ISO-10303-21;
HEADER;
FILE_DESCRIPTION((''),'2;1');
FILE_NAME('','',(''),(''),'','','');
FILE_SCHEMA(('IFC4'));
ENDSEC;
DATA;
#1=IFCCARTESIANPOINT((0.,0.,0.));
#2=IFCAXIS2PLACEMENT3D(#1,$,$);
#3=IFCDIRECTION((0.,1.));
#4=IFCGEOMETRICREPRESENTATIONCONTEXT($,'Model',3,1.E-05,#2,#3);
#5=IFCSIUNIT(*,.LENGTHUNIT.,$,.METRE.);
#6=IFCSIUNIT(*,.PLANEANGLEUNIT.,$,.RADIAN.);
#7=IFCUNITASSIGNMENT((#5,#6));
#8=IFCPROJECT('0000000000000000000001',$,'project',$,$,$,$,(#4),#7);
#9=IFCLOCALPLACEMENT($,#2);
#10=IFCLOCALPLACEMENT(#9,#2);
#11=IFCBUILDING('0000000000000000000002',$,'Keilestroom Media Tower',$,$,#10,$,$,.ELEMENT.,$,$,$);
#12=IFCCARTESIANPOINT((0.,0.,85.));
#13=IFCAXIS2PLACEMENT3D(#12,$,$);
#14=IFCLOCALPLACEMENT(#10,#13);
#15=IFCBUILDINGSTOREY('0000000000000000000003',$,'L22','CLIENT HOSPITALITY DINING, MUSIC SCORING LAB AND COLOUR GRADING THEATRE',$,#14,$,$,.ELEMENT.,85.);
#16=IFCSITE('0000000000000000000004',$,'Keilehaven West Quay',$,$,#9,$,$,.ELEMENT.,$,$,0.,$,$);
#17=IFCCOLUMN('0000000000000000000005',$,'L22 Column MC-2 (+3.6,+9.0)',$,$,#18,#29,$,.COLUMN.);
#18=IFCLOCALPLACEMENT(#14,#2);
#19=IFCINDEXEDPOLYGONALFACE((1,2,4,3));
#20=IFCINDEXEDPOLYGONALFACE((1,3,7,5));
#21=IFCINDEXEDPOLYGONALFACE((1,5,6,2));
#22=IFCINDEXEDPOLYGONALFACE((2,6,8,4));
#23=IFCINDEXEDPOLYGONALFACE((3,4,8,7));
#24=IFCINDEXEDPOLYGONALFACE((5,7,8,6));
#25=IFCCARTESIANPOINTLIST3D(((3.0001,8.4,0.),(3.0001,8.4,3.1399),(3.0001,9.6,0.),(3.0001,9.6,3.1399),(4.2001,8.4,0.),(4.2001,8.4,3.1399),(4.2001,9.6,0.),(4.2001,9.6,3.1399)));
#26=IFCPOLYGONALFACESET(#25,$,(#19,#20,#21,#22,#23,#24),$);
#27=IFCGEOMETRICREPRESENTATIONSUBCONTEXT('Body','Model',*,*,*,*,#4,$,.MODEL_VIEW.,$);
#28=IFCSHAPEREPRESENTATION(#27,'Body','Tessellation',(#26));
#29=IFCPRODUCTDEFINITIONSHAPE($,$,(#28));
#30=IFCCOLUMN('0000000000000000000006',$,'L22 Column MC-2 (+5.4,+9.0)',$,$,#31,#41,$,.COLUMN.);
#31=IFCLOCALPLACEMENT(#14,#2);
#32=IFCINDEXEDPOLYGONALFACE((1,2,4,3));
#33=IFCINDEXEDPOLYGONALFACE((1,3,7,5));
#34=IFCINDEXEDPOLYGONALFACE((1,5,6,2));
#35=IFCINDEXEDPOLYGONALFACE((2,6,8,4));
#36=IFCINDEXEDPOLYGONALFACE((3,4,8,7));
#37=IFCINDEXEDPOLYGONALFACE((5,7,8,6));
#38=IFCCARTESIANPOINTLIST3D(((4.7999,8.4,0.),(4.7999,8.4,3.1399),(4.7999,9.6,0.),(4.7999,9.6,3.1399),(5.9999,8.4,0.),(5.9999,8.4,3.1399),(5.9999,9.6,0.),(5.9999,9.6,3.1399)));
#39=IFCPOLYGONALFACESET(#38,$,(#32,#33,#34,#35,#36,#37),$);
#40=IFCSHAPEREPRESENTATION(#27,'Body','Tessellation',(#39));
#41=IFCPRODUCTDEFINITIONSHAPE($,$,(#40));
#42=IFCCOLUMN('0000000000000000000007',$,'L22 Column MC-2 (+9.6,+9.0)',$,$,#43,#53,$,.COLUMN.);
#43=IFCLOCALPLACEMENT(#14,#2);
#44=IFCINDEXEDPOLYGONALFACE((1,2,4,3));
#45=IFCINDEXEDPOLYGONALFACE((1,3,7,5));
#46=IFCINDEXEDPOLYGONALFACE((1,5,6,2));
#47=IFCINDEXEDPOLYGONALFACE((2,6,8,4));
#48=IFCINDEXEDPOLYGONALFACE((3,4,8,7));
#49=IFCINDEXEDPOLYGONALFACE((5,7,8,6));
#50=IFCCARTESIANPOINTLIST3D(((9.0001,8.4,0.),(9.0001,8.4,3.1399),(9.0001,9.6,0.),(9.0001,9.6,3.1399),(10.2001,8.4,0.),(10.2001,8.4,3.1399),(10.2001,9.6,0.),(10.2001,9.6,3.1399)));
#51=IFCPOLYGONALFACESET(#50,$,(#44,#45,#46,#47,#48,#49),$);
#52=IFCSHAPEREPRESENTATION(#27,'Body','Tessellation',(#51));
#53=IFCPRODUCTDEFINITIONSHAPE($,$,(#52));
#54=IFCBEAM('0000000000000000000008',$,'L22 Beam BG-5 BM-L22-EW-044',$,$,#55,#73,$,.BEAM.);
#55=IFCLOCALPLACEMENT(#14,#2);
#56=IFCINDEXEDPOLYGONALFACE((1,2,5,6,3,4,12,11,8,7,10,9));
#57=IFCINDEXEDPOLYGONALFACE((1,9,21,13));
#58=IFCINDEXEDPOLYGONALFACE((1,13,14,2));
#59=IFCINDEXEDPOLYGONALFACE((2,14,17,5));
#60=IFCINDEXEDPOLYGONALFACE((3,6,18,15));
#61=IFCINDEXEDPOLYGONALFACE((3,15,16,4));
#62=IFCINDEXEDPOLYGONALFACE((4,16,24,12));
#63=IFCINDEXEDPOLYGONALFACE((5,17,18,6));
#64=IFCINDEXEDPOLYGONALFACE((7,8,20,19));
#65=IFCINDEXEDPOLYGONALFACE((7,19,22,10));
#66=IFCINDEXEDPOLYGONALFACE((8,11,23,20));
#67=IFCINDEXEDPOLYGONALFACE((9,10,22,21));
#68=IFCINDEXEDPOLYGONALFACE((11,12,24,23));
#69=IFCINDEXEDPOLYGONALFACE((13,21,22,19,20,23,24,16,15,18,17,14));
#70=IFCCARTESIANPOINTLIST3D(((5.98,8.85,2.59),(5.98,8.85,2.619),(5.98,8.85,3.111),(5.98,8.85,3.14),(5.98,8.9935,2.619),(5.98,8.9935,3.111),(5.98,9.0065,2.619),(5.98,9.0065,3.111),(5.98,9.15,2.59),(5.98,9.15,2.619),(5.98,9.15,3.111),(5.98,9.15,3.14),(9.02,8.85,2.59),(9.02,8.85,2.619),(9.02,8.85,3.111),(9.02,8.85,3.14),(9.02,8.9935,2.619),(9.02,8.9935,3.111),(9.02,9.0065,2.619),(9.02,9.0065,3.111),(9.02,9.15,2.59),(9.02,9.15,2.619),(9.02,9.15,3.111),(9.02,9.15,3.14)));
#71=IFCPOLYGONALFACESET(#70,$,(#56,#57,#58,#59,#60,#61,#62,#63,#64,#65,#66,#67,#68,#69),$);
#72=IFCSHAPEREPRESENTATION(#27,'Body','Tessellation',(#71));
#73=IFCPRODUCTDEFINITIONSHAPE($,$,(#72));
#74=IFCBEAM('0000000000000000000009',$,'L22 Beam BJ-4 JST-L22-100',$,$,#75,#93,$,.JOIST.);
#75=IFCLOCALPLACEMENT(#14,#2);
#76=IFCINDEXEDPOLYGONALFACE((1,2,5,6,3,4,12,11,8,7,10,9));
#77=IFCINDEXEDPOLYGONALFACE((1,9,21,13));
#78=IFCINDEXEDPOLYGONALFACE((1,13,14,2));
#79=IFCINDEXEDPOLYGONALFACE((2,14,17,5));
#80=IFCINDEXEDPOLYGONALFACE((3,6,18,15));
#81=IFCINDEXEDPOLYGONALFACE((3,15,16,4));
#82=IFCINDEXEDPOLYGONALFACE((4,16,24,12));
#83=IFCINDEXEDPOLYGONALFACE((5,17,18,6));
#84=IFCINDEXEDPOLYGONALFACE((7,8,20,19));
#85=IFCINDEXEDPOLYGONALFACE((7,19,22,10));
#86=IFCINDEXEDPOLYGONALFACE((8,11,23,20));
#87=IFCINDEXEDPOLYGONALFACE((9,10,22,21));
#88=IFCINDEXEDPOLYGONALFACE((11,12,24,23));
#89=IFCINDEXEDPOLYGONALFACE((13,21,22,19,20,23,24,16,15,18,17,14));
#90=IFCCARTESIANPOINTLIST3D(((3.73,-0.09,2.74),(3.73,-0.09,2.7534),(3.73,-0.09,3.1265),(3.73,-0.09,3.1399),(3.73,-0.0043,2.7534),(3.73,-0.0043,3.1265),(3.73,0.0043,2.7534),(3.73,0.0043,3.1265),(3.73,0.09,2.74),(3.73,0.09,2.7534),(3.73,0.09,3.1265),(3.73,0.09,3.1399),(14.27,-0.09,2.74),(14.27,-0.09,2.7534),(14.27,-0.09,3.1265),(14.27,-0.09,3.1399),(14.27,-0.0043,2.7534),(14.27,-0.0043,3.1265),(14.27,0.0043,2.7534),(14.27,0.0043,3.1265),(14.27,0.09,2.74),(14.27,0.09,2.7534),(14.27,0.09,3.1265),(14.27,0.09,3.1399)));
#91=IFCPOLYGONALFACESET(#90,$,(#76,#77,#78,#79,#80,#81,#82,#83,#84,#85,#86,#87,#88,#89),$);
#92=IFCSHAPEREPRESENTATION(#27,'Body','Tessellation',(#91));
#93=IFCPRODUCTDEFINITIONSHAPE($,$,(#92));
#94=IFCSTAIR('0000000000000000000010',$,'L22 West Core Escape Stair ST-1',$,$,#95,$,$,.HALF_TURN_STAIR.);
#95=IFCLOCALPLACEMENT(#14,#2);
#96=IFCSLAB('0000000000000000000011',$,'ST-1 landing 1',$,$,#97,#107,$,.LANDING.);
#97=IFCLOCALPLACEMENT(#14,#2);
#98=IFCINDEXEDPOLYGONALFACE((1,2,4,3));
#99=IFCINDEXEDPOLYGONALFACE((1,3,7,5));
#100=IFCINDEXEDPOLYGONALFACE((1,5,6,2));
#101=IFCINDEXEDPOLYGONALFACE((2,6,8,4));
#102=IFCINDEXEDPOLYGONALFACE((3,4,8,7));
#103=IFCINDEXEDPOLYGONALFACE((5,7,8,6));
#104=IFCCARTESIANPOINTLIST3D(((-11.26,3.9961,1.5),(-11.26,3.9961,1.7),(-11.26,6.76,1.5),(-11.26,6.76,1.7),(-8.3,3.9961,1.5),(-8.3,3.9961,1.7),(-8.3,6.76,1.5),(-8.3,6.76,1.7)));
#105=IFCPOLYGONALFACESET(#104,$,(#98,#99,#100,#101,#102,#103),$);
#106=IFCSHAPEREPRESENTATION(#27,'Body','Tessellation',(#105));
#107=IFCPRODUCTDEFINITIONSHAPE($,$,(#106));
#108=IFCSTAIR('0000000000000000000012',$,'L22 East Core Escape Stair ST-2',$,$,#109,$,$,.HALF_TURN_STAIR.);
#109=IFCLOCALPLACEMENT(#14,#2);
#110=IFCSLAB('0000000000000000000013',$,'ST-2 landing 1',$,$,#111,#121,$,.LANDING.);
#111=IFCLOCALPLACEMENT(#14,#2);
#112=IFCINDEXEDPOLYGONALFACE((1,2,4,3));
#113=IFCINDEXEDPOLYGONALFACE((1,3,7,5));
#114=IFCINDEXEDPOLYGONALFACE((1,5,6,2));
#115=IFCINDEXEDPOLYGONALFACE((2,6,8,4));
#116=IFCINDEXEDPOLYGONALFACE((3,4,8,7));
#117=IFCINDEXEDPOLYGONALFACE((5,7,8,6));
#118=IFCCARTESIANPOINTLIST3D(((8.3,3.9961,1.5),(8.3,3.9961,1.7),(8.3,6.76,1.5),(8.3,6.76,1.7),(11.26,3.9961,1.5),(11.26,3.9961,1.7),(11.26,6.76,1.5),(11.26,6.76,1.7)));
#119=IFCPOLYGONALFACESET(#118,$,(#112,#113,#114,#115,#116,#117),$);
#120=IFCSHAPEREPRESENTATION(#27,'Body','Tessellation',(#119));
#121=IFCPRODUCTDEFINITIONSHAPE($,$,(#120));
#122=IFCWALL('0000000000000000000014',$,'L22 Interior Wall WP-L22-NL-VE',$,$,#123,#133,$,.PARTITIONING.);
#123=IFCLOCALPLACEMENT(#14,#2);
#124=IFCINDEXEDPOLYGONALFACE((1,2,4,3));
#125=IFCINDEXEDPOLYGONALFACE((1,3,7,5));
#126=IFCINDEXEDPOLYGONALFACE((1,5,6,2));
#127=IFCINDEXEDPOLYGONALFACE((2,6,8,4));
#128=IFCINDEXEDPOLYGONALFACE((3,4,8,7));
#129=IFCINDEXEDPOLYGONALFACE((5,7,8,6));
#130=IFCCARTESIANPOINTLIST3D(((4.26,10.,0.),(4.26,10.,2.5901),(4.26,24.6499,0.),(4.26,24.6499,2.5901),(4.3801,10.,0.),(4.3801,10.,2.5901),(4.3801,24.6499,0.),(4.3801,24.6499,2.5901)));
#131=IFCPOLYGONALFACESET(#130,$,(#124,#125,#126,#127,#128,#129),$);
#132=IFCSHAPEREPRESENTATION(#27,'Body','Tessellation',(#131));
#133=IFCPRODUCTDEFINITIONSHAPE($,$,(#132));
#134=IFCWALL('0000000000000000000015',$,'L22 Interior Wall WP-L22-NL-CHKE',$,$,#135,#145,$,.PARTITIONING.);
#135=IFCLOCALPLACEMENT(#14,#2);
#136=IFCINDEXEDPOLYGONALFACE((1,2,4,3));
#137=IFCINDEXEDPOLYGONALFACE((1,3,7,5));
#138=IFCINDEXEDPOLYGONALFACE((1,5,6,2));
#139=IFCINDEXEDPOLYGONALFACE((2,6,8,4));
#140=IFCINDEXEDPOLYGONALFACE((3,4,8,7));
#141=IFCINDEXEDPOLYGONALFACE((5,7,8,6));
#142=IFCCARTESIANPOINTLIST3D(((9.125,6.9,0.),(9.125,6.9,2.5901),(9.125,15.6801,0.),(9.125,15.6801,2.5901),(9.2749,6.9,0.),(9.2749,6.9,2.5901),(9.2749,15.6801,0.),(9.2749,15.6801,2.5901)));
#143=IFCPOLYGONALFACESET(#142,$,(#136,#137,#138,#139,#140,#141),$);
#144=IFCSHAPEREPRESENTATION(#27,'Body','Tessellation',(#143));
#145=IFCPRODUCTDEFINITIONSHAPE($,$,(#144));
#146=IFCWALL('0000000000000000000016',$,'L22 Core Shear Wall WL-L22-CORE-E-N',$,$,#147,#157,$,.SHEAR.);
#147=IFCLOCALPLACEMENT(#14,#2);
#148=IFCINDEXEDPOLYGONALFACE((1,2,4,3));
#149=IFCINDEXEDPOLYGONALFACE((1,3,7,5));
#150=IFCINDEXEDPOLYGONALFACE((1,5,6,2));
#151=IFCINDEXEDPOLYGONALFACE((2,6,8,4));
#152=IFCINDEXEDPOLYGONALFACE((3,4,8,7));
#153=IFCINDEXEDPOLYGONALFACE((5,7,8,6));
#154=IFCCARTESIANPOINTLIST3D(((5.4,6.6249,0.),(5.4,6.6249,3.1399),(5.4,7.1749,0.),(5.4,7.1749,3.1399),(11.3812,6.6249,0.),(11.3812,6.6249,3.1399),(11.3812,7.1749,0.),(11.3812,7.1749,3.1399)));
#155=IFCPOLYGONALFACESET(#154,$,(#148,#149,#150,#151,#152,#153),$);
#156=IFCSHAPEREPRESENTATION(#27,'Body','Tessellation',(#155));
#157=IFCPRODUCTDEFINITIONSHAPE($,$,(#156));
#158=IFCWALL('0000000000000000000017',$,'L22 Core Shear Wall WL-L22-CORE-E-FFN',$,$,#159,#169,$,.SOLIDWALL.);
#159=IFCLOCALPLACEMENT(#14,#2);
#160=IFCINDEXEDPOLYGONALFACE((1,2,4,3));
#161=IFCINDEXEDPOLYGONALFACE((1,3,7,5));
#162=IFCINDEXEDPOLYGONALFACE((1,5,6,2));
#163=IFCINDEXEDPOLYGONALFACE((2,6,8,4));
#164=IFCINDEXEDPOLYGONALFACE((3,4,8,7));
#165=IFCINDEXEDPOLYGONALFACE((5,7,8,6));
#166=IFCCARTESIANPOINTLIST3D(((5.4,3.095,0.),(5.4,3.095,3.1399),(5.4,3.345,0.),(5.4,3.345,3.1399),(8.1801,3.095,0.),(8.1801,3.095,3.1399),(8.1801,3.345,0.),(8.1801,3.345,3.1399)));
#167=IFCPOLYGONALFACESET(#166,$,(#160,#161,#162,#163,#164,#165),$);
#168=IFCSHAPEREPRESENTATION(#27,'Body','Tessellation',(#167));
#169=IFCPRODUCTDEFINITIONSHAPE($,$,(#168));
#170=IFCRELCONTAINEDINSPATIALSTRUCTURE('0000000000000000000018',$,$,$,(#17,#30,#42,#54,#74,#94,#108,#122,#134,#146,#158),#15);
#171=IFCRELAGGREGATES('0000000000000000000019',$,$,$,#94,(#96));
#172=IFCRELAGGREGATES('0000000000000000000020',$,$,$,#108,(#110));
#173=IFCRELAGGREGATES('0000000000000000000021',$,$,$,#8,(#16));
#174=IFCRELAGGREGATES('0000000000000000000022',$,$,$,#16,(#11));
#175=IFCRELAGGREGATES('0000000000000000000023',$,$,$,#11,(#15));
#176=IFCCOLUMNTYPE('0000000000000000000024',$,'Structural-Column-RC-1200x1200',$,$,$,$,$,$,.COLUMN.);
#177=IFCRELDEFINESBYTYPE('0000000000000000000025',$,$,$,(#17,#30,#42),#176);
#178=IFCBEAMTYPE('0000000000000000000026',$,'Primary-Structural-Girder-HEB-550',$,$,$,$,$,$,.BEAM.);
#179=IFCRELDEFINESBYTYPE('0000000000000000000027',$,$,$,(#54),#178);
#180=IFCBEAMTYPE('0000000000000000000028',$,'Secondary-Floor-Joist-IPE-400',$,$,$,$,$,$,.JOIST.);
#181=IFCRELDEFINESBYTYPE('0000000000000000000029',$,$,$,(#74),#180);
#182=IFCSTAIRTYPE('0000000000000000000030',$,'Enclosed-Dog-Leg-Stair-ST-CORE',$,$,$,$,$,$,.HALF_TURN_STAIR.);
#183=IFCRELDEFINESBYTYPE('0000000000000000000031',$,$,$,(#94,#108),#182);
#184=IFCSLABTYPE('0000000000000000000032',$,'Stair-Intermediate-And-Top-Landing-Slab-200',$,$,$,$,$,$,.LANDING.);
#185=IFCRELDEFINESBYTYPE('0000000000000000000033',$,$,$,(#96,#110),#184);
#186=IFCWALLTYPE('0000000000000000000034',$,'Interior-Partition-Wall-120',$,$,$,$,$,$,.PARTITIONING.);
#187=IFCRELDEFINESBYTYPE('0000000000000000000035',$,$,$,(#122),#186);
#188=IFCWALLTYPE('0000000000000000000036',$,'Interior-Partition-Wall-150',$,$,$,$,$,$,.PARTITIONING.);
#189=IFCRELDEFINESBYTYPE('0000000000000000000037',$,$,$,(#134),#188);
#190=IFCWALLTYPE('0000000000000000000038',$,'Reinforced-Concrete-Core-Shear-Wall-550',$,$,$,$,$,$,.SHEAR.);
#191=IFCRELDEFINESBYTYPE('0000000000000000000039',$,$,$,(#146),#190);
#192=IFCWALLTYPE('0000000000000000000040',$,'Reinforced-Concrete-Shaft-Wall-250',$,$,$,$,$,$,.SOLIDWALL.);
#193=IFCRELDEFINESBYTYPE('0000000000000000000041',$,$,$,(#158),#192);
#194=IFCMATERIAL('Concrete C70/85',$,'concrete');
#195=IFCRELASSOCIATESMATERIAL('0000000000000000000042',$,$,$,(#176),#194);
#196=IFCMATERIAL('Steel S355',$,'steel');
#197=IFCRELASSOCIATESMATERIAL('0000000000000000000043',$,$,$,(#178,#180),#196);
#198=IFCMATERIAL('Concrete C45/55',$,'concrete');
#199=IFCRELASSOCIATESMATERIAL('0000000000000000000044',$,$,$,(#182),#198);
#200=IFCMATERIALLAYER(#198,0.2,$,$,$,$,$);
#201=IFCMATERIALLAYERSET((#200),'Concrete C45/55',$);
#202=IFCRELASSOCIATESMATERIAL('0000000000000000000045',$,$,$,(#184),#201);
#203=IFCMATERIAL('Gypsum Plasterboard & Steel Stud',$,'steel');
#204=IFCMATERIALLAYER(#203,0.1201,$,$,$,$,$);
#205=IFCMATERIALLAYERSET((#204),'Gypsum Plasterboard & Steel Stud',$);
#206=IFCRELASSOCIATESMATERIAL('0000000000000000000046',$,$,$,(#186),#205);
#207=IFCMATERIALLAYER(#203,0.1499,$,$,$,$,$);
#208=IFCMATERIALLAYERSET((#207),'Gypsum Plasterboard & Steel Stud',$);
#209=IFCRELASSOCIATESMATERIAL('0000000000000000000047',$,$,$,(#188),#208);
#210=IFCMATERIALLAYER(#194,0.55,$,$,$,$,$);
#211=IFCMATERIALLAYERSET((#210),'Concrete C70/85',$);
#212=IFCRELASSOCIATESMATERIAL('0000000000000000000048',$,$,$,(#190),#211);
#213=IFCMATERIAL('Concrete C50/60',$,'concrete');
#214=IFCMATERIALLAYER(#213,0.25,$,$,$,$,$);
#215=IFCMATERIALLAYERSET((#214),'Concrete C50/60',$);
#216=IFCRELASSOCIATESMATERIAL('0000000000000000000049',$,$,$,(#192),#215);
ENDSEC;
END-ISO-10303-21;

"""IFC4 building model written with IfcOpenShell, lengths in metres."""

from ifc_helpers import new_model, si_unit, direction, frame, frame_2d, origin, origin_2d, place, context, subcontext, project, spatial, polyline, rectangle, i_section, outline, extrude, source, transform, mapped, material, layer, layer_set, material_profile, profile_set, type_object, element, aggregate, save


model = new_model("IFC4")

# Units and contexts
model_context = context("Model", 3, precision=1e-05, world=origin(), true_north=direction((0.0, 1.0)))
body_context = subcontext(model_context, "Body", "Model", "MODEL_VIEW")
ifc_project = project(units=[si_unit("LENGTHUNIT", "METRE"), si_unit("PLANEANGLEUNIT", "RADIAN")], contexts=[model_context])

# Site, building, storey
site_placement = place(None, origin())
site = spatial("IfcSite", under=ifc_project, at=site_placement, Name="Keilehaven West Quay", CompositionType="ELEMENT", RefElevation=0.0)
building_placement = place(site_placement, origin())
building = spatial("IfcBuilding", under=site, at=building_placement, Name="Keilestroom Media Tower", CompositionType="ELEMENT")
storey_placement = place(building_placement, frame((0.0, 0.0, 85.0)))
storey = spatial("IfcBuildingStorey", under=building, at=storey_placement, Name="L22", Description="CLIENT HOSPITALITY DINING, MUSIC SCORING LAB AND COLOUR GRADING THEATRE", CompositionType="ELEMENT", Elevation=85.0)

# Columns
ifc_material_1 = material(Name="Concrete C70/85", Category="concrete")
ifc_material_profile_1 = material_profile(ifc_material_1, rectangle(XDim=1.2, YDim=1.2, at=origin_2d()), Name="RC 1200x1200")
ifc_profile_set_1 = profile_set([ifc_material_profile_1], Name="Concrete C70/85")
column_type = type_object("IfcColumnType", Name="Structural-Column-RC-1200x1200", PredefinedType="COLUMN", material=ifc_profile_set_1)
shared_shape_1 = source(origin(), body_context, "Body", "SweptSolid", [
    extrude(rectangle(XDim=1.2, YDim=1.2, at=origin_2d()), origin(), (0.0, 0.0, 1.0), 3.1399),
])
for number, where, z_axis, x_axis, name in (
    (1, (3.6001, 9.0, 0.0), (0.0, 0.0, 1.0), (1.0, 0.0, 0.0), "L22 Column MC-2 (+3.6,+9.0)"),
    (2, (5.3999, 9.0, 0.0), (0.0, 0.0, 1.0), (1.0, 0.0, 0.0), "L22 Column MC-2 (+5.4,+9.0)"),
    (3, (9.6001, 9.0, 0.0), (0.0, 0.0, 1.0), (1.0, 0.0, 0.0), "L22 Column MC-2 (+9.6,+9.0)"),
):
    element("IfcColumn", number, at=place(storey_placement, frame(where, z_axis=z_axis, x_axis=x_axis)), inside=storey, type_object=column_type, Name=name, PredefinedType="COLUMN", context=body_context, shape_type="MappedRepresentation", body=[
        mapped(shared_shape_1, transform((0.0, 0.0, 0.0), x_axis=(1.0, 0.0, 0.0), y_axis=(0.0, 1.0, 0.0), z_axis=(0.0, 0.0, 1.0), scale=1.0)),
    ])

# Beams
ifc_material_2 = material(Name="Steel S355", Category="steel")
ifc_material_profile_2 = material_profile(ifc_material_2, i_section(OverallWidth=0.3, OverallDepth=0.55, WebThickness=0.0129, FlangeThickness=0.0291, at=origin_2d()), Name="HEB 550")
ifc_profile_set_2 = profile_set([ifc_material_profile_2], Name="Steel S355")
beam_type_1 = type_object("IfcBeamType", Name="Primary-Structural-Girder-HEB-550", PredefinedType="BEAM", material=ifc_profile_set_2)
shared_shape_2 = source(origin(), body_context, "Body", "SweptSolid", [
    extrude(i_section(OverallWidth=0.3, OverallDepth=0.55, WebThickness=0.0129, FlangeThickness=0.0291, at=origin_2d()), origin(), (0.0, 0.0, 1.0), 3.04),
])
beam_1_placement = place(storey_placement, frame((5.98, 9.0, 2.865), z_axis=(1.0, 0.0, 0.0), x_axis=(0.0, 1.0, 0.0)))
element("IfcBeam", 4, at=beam_1_placement, inside=storey, type_object=beam_type_1, Name="L22 Beam BG-5 BM-L22-EW-044", PredefinedType="BEAM", context=body_context, shape_type="MappedRepresentation", body=[
    mapped(shared_shape_2, transform((0.0, 0.0, 0.0), x_axis=(1.0, 0.0, 0.0), y_axis=(0.0, 1.0, 0.0), z_axis=(0.0, 0.0, 1.0), scale=1.0)),
])
ifc_material_profile_3 = material_profile(ifc_material_2, i_section(OverallWidth=0.1799, OverallDepth=0.3999, WebThickness=0.0085, FlangeThickness=0.0134, at=origin_2d()), Name="IPE 400")
ifc_profile_set_3 = profile_set([ifc_material_profile_3], Name="Steel S355")
beam_type_2 = type_object("IfcBeamType", Name="Secondary-Floor-Joist-IPE-400", PredefinedType="JOIST", material=ifc_profile_set_3)
shared_shape_3 = source(origin(), body_context, "Body", "SweptSolid", [
    extrude(i_section(OverallWidth=0.1799, OverallDepth=0.3999, WebThickness=0.0085, FlangeThickness=0.0134, at=origin_2d()), origin(), (0.0, 0.0, 1.0), 10.54),
])
beam_2_placement = place(storey_placement, frame((3.73, 0.0, 2.9399), z_axis=(1.0, 0.0, 0.0), x_axis=(0.0, 1.0, 0.0)))
element("IfcBeam", 5, at=beam_2_placement, inside=storey, type_object=beam_type_2, Name="L22 Beam BJ-4 JST-L22-100", PredefinedType="JOIST", context=body_context, shape_type="MappedRepresentation", body=[
    mapped(shared_shape_3, transform((0.0, 0.0, 0.0), x_axis=(1.0, 0.0, 0.0), y_axis=(0.0, 1.0, 0.0), z_axis=(0.0, 0.0, 1.0), scale=1.0)),
])

# Stairs, slabs
ifc_material_3 = material(Name="Concrete C45/55", Category="concrete")
stair_type = type_object("IfcStairType", Name="Enclosed-Dog-Leg-Stair-ST-CORE", PredefinedType="HALF_TURN_STAIR", material=ifc_material_3)
stair_1_placement = place(storey_placement, origin())
stair_1 = element("IfcStair", 6, at=stair_1_placement, inside=storey, type_object=stair_type, Name="L22 West Core Escape Stair ST-1", PredefinedType="HALF_TURN_STAIR")
ifc_layer_1 = layer(ifc_material_3, 0.2)
ifc_layer_set_1 = layer_set([ifc_layer_1], Name="Concrete C45/55")
slab_type = type_object("IfcSlabType", Name="Stair-Intermediate-And-Top-Landing-Slab-200", PredefinedType="LANDING", material=ifc_layer_set_1)
slab_1_placement = place(storey_placement, frame((0.0, 0.0, 1.5)))
slab_1 = element("IfcSlab", 7, at=slab_1_placement, type_object=slab_type, Name="ST-1 landing 1", PredefinedType="LANDING", context=body_context, shape_type="SweptSolid", body=[
    extrude(outline(polyline([(-8.3, 3.9961), (-8.3, 6.76), (-11.26, 6.76), (-11.26, 3.9961), (-8.3, 3.9961)])), origin(), (0.0, 0.0, 1.0), 0.2),
])
aggregate(stair_1, [slab_1])
stair_2_placement = place(storey_placement, origin())
stair_2 = element("IfcStair", 8, at=stair_2_placement, inside=storey, type_object=stair_type, Name="L22 East Core Escape Stair ST-2", PredefinedType="HALF_TURN_STAIR")
slab_2_placement = place(storey_placement, frame((0.0, 0.0, 1.5)))
slab_2 = element("IfcSlab", 9, at=slab_2_placement, type_object=slab_type, Name="ST-2 landing 1", PredefinedType="LANDING", context=body_context, shape_type="SweptSolid", body=[
    extrude(outline(polyline([(11.26, 3.9961), (11.26, 6.76), (8.3, 6.76), (8.3, 3.9961), (11.26, 3.9961)])), origin(), (0.0, 0.0, 1.0), 0.2),
])

# Walls
ifc_material_4 = material(Name="Gypsum Plasterboard & Steel Stud", Category="steel")
ifc_layer_2 = layer(ifc_material_4, 0.1201)
ifc_layer_set_2 = layer_set([ifc_layer_2], Name="Gypsum Plasterboard & Steel Stud")
wall_type_1 = type_object("IfcWallType", Name="Interior-Partition-Wall-120", PredefinedType="PARTITIONING", material=ifc_layer_set_2)
wall_1_placement = place(storey_placement, frame((4.3201, 10.0, 0.0), z_axis=(0.0, 0.0, 1.0), x_axis=(0.0, 1.0, 0.0)))
element("IfcWall", 10, at=wall_1_placement, inside=storey, type_object=wall_type_1, Name="L22 Interior Wall WP-L22-NL-VE", PredefinedType="PARTITIONING", context=body_context, shape_type="SweptSolid", body=[
    extrude(rectangle(XDim=14.6499, YDim=0.1201, at=frame_2d((7.325, 0.0))), origin(), (0.0, 0.0, 1.0), 2.5901),
])
ifc_layer_3 = layer(ifc_material_4, 0.1499)
ifc_layer_set_3 = layer_set([ifc_layer_3], Name="Gypsum Plasterboard & Steel Stud")
wall_type_2 = type_object("IfcWallType", Name="Interior-Partition-Wall-150", PredefinedType="PARTITIONING", material=ifc_layer_set_3)
wall_2_placement = place(storey_placement, frame((9.2, 6.8999, 0.0), z_axis=(0.0, 0.0, 1.0), x_axis=(0.0, 1.0, 0.0)))
element("IfcWall", 11, at=wall_2_placement, inside=storey, type_object=wall_type_2, Name="L22 Interior Wall WP-L22-NL-CHKE", PredefinedType="PARTITIONING", context=body_context, shape_type="SweptSolid", body=[
    extrude(rectangle(XDim=8.78, YDim=0.1499, at=frame_2d((4.3901, 0.0))), origin(), (0.0, 0.0, 1.0), 2.5901),
])
ifc_layer_4 = layer(ifc_material_1, 0.55)
ifc_layer_set_4 = layer_set([ifc_layer_4], Name="Concrete C70/85")
wall_type_3 = type_object("IfcWallType", Name="Reinforced-Concrete-Core-Shear-Wall-550", PredefinedType="SHEAR", material=ifc_layer_set_4)
wall_3_placement = place(storey_placement, frame((5.3999, 6.8999, 0.0), z_axis=(0.0, 0.0, 1.0), x_axis=(1.0, 0.0, 0.0)))
element("IfcWall", 12, at=wall_3_placement, inside=storey, type_object=wall_type_3, Name="L22 Core Shear Wall WL-L22-CORE-E-N", PredefinedType="SHEAR", context=body_context, shape_type="SweptSolid", body=[
    extrude(rectangle(XDim=5.9812, YDim=0.55, at=frame_2d((2.9907, 0.0))), origin(), (0.0, 0.0, 1.0), 3.1399),
])
ifc_material_5 = material(Name="Concrete C50/60", Category="concrete")
ifc_layer_5 = layer(ifc_material_5, 0.25)
ifc_layer_set_5 = layer_set([ifc_layer_5], Name="Concrete C50/60")
wall_type_4 = type_object("IfcWallType", Name="Reinforced-Concrete-Shaft-Wall-250", PredefinedType="SOLIDWALL", material=ifc_layer_set_5)
wall_4_placement = place(storey_placement, frame((5.3999, 3.22, 0.0), z_axis=(0.0, 0.0, 1.0), x_axis=(1.0, 0.0, 0.0)))
element("IfcWall", 13, at=wall_4_placement, inside=storey, type_object=wall_type_4, Name="L22 Core Shear Wall WL-L22-CORE-E-FFN", PredefinedType="SOLIDWALL", context=body_context, shape_type="SweptSolid", body=[
    extrude(rectangle(XDim=2.78, YDim=0.25, at=frame_2d((1.3901, 0.0))), origin(), (0.0, 0.0, 1.0), 3.1399),
])

aggregate(stair_2, [slab_2])

save(model, "model.ifc")
